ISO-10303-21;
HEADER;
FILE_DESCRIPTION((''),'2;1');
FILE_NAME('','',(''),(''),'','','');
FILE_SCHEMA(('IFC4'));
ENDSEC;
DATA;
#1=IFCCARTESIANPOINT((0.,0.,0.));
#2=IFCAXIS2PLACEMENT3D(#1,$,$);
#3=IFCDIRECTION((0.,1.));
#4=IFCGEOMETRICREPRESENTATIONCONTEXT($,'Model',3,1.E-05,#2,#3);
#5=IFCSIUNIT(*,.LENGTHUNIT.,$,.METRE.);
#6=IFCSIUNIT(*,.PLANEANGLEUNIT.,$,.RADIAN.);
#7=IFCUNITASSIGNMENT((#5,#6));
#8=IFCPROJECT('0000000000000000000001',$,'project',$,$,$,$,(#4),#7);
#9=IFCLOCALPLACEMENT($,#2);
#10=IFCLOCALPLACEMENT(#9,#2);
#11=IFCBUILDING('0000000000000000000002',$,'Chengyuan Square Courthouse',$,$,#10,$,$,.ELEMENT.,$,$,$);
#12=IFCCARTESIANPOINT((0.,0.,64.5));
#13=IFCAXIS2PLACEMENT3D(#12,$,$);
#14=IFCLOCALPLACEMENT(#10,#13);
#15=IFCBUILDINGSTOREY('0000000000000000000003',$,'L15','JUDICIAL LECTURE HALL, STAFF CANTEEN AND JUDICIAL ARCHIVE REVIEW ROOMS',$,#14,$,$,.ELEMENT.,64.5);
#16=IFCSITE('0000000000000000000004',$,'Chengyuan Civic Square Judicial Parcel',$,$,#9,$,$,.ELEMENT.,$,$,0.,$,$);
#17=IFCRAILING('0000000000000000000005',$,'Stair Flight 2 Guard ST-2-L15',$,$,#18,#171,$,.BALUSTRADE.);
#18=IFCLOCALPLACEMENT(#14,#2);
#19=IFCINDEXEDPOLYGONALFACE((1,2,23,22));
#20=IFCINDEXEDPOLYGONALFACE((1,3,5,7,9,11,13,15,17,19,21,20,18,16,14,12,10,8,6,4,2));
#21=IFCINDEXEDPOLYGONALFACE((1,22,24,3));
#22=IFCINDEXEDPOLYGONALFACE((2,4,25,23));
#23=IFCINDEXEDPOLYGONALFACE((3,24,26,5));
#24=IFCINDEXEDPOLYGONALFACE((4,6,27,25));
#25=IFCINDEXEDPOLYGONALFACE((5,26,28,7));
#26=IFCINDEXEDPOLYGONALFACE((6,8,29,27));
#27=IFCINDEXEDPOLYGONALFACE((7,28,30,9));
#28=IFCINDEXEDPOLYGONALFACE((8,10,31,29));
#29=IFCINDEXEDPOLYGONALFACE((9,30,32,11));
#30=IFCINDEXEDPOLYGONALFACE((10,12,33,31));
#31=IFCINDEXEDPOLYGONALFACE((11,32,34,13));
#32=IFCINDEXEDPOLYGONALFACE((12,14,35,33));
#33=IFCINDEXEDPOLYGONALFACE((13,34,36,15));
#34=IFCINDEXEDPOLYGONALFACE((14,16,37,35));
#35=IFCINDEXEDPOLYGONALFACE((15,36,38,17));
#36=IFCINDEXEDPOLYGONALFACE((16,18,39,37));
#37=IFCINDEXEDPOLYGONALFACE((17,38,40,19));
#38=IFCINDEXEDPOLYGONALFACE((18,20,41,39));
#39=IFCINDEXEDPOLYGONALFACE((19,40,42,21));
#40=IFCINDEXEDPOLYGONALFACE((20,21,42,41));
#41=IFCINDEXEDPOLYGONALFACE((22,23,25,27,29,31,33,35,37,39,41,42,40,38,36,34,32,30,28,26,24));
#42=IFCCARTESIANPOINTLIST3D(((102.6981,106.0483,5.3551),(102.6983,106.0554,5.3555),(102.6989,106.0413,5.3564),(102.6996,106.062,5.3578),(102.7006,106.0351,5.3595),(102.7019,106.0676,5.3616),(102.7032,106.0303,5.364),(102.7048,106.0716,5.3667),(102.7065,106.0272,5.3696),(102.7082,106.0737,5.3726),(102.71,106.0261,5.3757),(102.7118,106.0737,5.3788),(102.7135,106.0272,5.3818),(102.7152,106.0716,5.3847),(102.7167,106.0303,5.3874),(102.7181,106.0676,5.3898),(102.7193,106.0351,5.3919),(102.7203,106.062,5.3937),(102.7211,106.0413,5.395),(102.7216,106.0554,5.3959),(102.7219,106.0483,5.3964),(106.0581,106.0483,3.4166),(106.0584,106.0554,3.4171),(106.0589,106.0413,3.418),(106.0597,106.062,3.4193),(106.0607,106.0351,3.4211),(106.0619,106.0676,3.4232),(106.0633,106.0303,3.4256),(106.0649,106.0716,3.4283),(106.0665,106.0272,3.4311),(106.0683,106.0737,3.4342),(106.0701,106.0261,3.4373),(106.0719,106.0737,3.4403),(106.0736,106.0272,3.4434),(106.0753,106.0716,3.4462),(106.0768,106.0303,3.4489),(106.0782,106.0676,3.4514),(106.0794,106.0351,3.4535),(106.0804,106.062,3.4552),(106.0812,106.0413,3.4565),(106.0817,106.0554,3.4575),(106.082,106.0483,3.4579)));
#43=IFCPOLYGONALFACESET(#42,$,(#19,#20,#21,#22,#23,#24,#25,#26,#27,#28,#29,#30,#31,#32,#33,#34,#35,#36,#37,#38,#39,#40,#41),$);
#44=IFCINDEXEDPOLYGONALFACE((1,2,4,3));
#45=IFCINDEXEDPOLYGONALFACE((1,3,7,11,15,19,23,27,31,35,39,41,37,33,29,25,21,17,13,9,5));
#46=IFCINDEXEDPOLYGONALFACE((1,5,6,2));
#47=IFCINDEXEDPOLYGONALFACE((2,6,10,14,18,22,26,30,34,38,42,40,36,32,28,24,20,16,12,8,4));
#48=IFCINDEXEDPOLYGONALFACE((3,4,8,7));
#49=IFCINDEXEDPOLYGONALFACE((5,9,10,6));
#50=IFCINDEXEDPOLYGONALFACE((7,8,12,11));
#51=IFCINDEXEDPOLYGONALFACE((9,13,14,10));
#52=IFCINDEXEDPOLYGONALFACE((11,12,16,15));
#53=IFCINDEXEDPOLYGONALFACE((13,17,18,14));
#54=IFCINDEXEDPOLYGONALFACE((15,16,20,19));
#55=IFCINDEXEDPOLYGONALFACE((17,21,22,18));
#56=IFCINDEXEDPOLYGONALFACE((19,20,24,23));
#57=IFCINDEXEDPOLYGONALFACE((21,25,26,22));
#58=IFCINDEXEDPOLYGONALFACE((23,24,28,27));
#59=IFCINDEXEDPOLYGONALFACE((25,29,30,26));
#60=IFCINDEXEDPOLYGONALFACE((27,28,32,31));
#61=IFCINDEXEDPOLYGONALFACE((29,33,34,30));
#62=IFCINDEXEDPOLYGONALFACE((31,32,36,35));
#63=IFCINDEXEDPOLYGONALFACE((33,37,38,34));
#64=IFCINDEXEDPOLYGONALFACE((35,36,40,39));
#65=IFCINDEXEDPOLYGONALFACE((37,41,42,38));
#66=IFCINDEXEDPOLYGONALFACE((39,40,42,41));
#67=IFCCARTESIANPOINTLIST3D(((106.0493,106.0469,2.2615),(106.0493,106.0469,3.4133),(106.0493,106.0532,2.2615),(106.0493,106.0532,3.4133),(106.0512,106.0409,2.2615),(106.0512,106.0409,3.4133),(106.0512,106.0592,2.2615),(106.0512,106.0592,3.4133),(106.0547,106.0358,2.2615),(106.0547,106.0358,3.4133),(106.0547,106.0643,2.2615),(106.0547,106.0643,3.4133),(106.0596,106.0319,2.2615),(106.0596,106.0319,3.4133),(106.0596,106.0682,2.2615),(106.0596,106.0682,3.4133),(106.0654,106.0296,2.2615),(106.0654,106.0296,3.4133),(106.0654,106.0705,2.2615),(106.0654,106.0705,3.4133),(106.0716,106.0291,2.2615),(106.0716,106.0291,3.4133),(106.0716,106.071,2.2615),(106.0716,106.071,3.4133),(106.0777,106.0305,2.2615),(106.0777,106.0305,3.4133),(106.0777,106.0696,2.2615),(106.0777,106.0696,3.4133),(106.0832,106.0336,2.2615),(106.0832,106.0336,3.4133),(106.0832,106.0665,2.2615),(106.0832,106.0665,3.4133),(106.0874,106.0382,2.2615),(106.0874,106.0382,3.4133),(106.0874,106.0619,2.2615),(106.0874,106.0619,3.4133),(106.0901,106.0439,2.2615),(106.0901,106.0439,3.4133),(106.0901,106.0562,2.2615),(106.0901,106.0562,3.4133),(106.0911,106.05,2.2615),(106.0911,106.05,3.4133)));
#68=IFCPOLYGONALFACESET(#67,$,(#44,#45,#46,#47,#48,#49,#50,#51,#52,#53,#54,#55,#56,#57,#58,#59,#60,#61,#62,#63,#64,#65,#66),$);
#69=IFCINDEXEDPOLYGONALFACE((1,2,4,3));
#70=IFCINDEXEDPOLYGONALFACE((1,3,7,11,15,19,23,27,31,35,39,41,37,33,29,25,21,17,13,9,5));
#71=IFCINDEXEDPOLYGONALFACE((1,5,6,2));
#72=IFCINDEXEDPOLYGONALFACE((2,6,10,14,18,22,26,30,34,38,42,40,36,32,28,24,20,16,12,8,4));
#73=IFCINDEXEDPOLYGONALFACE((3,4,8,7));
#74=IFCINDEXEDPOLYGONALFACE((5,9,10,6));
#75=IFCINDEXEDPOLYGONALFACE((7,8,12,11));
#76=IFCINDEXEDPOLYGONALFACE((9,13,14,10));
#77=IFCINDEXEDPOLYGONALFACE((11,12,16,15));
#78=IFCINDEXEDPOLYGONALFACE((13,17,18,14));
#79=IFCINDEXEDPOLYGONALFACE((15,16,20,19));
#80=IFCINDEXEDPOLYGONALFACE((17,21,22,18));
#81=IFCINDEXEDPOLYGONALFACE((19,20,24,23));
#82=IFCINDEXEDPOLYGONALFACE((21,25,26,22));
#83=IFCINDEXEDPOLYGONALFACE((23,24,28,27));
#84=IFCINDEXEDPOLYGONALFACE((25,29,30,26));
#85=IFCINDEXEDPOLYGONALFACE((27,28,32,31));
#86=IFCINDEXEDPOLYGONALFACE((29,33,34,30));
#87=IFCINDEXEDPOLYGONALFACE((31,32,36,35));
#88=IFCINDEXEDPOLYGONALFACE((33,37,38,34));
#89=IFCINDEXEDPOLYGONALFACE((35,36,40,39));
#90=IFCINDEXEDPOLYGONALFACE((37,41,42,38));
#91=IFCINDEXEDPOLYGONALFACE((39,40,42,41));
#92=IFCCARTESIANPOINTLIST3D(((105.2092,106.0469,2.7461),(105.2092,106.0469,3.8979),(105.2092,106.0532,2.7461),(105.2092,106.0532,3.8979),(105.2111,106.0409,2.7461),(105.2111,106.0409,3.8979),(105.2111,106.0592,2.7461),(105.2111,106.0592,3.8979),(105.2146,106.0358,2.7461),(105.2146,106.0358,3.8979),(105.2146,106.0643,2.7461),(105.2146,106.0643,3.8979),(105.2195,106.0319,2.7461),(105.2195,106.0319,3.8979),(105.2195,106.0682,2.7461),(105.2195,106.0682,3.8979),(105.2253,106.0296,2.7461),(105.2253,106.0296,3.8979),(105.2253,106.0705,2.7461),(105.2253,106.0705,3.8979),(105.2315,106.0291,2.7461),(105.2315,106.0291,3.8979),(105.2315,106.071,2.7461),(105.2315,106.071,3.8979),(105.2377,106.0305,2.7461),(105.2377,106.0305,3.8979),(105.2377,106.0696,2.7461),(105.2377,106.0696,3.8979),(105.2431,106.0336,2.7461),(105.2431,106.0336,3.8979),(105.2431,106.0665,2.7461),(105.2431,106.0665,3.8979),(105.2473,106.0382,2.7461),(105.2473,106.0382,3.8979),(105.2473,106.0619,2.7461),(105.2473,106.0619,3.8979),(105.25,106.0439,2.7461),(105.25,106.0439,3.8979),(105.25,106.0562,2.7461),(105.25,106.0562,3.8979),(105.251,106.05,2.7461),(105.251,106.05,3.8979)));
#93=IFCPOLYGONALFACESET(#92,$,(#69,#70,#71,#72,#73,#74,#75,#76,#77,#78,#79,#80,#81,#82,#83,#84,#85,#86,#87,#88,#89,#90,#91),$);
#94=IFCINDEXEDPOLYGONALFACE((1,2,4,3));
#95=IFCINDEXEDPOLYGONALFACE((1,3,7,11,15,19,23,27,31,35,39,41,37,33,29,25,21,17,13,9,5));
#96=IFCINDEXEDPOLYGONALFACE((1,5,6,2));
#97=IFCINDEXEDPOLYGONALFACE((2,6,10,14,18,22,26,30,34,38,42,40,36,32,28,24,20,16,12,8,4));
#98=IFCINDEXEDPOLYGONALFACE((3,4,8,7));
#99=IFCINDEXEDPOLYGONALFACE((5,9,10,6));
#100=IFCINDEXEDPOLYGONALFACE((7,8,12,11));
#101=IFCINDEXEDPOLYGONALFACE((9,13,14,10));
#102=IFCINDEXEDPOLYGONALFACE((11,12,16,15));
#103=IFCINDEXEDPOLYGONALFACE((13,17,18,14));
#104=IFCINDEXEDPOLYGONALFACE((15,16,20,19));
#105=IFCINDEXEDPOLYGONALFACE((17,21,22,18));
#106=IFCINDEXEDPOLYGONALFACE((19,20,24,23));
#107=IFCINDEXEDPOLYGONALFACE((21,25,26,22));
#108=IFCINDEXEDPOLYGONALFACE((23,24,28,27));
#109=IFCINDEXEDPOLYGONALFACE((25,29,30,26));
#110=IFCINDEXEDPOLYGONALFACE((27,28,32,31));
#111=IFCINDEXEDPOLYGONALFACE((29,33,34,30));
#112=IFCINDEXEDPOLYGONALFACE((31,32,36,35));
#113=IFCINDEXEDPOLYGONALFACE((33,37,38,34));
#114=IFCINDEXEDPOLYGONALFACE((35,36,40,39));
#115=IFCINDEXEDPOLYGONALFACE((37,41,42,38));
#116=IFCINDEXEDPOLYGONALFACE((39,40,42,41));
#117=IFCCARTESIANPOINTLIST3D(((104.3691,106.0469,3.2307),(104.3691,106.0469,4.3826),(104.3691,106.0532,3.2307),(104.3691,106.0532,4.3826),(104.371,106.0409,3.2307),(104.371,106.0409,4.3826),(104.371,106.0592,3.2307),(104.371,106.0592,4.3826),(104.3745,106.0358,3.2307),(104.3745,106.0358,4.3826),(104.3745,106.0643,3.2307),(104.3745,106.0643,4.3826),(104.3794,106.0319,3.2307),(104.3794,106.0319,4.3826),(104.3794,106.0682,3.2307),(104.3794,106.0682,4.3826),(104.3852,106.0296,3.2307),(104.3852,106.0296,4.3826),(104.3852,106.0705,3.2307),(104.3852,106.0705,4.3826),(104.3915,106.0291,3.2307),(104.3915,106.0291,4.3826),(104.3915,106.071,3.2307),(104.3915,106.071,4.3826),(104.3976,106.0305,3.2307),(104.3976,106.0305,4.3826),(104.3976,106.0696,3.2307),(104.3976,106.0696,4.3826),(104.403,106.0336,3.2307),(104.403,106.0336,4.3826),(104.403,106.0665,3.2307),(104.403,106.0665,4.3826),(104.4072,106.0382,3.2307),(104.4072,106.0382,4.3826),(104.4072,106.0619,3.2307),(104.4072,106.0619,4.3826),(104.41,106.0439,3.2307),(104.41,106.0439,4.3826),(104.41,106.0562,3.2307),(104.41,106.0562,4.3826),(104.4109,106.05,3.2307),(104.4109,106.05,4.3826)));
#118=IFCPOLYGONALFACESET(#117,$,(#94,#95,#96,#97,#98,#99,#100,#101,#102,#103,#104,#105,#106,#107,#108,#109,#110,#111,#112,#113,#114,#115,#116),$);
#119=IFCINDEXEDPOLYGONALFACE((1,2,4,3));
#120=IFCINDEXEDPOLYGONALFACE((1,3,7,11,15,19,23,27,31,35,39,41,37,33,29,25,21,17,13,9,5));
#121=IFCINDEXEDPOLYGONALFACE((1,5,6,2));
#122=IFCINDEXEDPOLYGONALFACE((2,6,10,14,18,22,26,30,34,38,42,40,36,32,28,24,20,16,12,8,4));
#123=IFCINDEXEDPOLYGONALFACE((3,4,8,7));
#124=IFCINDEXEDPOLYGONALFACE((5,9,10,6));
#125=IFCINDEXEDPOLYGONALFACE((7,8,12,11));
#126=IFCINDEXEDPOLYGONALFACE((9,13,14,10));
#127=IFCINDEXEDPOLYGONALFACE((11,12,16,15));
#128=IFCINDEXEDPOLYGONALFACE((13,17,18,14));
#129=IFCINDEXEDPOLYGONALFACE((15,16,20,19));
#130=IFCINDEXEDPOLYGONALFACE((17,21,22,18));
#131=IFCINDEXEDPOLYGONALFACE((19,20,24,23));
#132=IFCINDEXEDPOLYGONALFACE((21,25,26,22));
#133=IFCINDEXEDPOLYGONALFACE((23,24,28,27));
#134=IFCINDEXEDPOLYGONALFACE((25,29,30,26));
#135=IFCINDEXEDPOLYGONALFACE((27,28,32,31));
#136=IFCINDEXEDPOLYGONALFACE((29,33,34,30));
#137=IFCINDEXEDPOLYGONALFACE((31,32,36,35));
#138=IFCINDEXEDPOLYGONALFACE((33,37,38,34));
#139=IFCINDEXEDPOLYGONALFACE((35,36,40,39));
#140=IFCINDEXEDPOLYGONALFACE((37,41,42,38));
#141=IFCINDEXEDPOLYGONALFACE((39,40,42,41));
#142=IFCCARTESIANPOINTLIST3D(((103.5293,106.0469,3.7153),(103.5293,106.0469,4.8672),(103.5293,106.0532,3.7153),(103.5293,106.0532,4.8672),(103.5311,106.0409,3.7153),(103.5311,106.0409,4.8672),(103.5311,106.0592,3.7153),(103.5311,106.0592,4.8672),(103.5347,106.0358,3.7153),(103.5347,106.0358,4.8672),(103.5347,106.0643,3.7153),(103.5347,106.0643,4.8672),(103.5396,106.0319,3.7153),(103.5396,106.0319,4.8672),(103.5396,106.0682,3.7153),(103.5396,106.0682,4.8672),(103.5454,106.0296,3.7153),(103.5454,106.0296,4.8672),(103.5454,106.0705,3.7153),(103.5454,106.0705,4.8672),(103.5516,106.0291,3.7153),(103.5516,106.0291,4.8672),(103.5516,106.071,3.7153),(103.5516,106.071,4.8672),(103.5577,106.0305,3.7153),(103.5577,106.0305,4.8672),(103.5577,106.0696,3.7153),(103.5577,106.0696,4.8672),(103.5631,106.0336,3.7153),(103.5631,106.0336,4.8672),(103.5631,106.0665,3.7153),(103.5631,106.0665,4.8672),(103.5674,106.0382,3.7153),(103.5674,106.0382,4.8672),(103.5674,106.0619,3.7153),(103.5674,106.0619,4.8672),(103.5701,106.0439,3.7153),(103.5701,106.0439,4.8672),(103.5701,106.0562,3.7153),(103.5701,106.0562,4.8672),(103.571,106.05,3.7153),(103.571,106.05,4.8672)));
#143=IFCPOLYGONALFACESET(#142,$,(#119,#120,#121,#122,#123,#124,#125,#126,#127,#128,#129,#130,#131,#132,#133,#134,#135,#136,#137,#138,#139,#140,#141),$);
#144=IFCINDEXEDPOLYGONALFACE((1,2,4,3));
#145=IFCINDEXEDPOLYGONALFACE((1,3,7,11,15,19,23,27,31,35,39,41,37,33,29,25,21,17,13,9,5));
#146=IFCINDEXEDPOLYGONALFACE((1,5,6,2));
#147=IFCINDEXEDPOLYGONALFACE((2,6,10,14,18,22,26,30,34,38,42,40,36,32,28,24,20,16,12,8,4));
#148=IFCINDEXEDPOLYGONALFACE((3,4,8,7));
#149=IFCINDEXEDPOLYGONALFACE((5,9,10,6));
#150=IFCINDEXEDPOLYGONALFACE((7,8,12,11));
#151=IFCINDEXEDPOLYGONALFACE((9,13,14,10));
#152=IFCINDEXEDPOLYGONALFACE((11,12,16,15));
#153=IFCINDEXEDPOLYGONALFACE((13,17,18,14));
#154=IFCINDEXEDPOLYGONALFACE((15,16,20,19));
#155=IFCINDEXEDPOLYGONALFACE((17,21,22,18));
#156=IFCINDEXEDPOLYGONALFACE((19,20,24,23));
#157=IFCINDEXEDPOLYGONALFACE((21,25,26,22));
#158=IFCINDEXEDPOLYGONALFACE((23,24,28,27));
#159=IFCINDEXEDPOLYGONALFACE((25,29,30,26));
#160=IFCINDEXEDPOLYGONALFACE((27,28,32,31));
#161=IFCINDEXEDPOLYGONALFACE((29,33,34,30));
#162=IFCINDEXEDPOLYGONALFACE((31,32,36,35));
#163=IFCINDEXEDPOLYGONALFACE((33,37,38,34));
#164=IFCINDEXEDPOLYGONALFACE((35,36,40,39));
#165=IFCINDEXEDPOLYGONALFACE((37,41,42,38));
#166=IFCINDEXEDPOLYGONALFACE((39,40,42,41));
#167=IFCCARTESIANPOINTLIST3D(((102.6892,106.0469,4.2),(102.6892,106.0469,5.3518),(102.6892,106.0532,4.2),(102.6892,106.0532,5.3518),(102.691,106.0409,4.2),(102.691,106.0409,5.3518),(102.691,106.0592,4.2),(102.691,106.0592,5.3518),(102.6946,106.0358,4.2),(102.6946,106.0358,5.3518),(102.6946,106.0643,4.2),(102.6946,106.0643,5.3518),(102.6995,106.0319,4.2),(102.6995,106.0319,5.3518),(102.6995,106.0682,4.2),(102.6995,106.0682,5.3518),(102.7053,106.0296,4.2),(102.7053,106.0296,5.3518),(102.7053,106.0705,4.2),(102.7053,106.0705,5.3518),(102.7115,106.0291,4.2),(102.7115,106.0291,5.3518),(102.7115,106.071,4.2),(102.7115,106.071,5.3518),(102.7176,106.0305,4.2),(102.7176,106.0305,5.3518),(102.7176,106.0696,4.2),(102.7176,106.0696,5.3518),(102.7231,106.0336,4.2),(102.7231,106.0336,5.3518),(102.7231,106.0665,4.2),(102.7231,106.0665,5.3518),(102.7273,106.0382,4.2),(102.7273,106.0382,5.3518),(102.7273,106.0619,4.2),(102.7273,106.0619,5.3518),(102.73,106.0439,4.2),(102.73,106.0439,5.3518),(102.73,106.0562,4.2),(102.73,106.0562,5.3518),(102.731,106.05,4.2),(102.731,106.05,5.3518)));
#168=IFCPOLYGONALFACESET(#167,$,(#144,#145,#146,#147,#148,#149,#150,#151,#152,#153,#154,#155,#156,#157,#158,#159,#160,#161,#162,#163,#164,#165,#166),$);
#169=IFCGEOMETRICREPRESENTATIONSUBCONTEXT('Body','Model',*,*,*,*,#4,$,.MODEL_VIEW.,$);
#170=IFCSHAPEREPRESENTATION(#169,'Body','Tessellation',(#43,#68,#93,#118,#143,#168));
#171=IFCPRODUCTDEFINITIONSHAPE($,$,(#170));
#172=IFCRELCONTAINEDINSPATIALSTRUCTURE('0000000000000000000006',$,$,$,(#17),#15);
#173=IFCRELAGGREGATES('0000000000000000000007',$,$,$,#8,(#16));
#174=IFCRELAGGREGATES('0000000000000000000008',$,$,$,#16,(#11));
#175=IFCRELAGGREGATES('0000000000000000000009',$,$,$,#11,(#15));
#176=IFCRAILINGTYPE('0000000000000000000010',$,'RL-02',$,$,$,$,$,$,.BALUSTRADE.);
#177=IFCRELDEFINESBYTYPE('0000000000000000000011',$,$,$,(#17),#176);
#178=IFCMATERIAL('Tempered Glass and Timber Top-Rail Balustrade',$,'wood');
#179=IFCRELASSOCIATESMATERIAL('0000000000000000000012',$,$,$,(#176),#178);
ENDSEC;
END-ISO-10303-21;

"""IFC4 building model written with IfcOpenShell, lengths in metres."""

from ifc_helpers import new_model, si_unit, direction, frame, origin, origin_2d, place, context, subcontext, project, spatial, circle, extrude, material, type_object, element, save


model = new_model("IFC4")

# Units and contexts
model_context = context("Model", 3, precision=1e-05, world=origin(), true_north=direction((0.0, 1.0)))
body_context = subcontext(model_context, "Body", "Model", "MODEL_VIEW")
ifc_project = project(units=[si_unit("LENGTHUNIT", "METRE"), si_unit("PLANEANGLEUNIT", "RADIAN")], contexts=[model_context])

# Site, building, storey
site_placement = place(None, origin())
site = spatial("IfcSite", under=ifc_project, at=site_placement, Name="Chengyuan Civic Square Judicial Parcel", CompositionType="ELEMENT", RefElevation=0.0)
building_placement = place(site_placement, origin())
building = spatial("IfcBuilding", under=site, at=building_placement, Name="Chengyuan Square Courthouse", CompositionType="ELEMENT")
storey_placement = place(building_placement, frame((0.0, 0.0, 64.5)))
storey = spatial("IfcBuildingStorey", under=building, at=storey_placement, Name="L15", Description="JUDICIAL LECTURE HALL, STAFF CANTEEN AND JUDICIAL ARCHIVE REVIEW ROOMS", CompositionType="ELEMENT", Elevation=64.5)

# Railing
ifc_material_1 = material(Name="Tempered Glass and Timber Top-Rail Balustrade", Category="wood")
railing_type_1 = type_object("IfcRailingType", Name="RL-02", PredefinedType="BALUSTRADE", material=ifc_material_1)
railing_1_placement = place(storey_placement, frame((106.0701, 106.05, 2.2615)))
element("IfcRailing", 1, at=railing_1_placement, inside=storey, type_object=railing_type_1, Name="Stair Flight 2 Guard ST-2-L15", PredefinedType="BALUSTRADE", context=body_context, shape_type="SweptSolid", body=[
    extrude(circle(Radius=0.0239, at=origin_2d()), frame((0.0, 0.0, 1.1758), z_axis=(-0.866191, 0.0, 0.499713), x_axis=(0.0, -1.0, 0.0)), (0.0, 0.0, 1.0), 3.8792),
    extrude(circle(Radius=0.021, at=origin_2d()), origin(), (0.0, 0.0, 1.0), 1.1519),
    extrude(circle(Radius=0.021, at=origin_2d()), frame((-0.8401, 0.0, 0.4846)), (0.0, 0.0, 1.0), 1.1519),
    extrude(circle(Radius=0.021, at=origin_2d()), frame((-1.6802, 0.0, 0.9692)), (0.0, 0.0, 1.0), 1.1519),
    extrude(circle(Radius=0.021, at=origin_2d()), frame((-2.52, 0.0, 1.4539)), (0.0, 0.0, 1.0), 1.1519),
    extrude(circle(Radius=0.021, at=origin_2d()), frame((-3.3601, 0.0, 1.9385)), (0.0, 0.0, 1.0), 1.1519),
])

save(model, "model.ifc")
